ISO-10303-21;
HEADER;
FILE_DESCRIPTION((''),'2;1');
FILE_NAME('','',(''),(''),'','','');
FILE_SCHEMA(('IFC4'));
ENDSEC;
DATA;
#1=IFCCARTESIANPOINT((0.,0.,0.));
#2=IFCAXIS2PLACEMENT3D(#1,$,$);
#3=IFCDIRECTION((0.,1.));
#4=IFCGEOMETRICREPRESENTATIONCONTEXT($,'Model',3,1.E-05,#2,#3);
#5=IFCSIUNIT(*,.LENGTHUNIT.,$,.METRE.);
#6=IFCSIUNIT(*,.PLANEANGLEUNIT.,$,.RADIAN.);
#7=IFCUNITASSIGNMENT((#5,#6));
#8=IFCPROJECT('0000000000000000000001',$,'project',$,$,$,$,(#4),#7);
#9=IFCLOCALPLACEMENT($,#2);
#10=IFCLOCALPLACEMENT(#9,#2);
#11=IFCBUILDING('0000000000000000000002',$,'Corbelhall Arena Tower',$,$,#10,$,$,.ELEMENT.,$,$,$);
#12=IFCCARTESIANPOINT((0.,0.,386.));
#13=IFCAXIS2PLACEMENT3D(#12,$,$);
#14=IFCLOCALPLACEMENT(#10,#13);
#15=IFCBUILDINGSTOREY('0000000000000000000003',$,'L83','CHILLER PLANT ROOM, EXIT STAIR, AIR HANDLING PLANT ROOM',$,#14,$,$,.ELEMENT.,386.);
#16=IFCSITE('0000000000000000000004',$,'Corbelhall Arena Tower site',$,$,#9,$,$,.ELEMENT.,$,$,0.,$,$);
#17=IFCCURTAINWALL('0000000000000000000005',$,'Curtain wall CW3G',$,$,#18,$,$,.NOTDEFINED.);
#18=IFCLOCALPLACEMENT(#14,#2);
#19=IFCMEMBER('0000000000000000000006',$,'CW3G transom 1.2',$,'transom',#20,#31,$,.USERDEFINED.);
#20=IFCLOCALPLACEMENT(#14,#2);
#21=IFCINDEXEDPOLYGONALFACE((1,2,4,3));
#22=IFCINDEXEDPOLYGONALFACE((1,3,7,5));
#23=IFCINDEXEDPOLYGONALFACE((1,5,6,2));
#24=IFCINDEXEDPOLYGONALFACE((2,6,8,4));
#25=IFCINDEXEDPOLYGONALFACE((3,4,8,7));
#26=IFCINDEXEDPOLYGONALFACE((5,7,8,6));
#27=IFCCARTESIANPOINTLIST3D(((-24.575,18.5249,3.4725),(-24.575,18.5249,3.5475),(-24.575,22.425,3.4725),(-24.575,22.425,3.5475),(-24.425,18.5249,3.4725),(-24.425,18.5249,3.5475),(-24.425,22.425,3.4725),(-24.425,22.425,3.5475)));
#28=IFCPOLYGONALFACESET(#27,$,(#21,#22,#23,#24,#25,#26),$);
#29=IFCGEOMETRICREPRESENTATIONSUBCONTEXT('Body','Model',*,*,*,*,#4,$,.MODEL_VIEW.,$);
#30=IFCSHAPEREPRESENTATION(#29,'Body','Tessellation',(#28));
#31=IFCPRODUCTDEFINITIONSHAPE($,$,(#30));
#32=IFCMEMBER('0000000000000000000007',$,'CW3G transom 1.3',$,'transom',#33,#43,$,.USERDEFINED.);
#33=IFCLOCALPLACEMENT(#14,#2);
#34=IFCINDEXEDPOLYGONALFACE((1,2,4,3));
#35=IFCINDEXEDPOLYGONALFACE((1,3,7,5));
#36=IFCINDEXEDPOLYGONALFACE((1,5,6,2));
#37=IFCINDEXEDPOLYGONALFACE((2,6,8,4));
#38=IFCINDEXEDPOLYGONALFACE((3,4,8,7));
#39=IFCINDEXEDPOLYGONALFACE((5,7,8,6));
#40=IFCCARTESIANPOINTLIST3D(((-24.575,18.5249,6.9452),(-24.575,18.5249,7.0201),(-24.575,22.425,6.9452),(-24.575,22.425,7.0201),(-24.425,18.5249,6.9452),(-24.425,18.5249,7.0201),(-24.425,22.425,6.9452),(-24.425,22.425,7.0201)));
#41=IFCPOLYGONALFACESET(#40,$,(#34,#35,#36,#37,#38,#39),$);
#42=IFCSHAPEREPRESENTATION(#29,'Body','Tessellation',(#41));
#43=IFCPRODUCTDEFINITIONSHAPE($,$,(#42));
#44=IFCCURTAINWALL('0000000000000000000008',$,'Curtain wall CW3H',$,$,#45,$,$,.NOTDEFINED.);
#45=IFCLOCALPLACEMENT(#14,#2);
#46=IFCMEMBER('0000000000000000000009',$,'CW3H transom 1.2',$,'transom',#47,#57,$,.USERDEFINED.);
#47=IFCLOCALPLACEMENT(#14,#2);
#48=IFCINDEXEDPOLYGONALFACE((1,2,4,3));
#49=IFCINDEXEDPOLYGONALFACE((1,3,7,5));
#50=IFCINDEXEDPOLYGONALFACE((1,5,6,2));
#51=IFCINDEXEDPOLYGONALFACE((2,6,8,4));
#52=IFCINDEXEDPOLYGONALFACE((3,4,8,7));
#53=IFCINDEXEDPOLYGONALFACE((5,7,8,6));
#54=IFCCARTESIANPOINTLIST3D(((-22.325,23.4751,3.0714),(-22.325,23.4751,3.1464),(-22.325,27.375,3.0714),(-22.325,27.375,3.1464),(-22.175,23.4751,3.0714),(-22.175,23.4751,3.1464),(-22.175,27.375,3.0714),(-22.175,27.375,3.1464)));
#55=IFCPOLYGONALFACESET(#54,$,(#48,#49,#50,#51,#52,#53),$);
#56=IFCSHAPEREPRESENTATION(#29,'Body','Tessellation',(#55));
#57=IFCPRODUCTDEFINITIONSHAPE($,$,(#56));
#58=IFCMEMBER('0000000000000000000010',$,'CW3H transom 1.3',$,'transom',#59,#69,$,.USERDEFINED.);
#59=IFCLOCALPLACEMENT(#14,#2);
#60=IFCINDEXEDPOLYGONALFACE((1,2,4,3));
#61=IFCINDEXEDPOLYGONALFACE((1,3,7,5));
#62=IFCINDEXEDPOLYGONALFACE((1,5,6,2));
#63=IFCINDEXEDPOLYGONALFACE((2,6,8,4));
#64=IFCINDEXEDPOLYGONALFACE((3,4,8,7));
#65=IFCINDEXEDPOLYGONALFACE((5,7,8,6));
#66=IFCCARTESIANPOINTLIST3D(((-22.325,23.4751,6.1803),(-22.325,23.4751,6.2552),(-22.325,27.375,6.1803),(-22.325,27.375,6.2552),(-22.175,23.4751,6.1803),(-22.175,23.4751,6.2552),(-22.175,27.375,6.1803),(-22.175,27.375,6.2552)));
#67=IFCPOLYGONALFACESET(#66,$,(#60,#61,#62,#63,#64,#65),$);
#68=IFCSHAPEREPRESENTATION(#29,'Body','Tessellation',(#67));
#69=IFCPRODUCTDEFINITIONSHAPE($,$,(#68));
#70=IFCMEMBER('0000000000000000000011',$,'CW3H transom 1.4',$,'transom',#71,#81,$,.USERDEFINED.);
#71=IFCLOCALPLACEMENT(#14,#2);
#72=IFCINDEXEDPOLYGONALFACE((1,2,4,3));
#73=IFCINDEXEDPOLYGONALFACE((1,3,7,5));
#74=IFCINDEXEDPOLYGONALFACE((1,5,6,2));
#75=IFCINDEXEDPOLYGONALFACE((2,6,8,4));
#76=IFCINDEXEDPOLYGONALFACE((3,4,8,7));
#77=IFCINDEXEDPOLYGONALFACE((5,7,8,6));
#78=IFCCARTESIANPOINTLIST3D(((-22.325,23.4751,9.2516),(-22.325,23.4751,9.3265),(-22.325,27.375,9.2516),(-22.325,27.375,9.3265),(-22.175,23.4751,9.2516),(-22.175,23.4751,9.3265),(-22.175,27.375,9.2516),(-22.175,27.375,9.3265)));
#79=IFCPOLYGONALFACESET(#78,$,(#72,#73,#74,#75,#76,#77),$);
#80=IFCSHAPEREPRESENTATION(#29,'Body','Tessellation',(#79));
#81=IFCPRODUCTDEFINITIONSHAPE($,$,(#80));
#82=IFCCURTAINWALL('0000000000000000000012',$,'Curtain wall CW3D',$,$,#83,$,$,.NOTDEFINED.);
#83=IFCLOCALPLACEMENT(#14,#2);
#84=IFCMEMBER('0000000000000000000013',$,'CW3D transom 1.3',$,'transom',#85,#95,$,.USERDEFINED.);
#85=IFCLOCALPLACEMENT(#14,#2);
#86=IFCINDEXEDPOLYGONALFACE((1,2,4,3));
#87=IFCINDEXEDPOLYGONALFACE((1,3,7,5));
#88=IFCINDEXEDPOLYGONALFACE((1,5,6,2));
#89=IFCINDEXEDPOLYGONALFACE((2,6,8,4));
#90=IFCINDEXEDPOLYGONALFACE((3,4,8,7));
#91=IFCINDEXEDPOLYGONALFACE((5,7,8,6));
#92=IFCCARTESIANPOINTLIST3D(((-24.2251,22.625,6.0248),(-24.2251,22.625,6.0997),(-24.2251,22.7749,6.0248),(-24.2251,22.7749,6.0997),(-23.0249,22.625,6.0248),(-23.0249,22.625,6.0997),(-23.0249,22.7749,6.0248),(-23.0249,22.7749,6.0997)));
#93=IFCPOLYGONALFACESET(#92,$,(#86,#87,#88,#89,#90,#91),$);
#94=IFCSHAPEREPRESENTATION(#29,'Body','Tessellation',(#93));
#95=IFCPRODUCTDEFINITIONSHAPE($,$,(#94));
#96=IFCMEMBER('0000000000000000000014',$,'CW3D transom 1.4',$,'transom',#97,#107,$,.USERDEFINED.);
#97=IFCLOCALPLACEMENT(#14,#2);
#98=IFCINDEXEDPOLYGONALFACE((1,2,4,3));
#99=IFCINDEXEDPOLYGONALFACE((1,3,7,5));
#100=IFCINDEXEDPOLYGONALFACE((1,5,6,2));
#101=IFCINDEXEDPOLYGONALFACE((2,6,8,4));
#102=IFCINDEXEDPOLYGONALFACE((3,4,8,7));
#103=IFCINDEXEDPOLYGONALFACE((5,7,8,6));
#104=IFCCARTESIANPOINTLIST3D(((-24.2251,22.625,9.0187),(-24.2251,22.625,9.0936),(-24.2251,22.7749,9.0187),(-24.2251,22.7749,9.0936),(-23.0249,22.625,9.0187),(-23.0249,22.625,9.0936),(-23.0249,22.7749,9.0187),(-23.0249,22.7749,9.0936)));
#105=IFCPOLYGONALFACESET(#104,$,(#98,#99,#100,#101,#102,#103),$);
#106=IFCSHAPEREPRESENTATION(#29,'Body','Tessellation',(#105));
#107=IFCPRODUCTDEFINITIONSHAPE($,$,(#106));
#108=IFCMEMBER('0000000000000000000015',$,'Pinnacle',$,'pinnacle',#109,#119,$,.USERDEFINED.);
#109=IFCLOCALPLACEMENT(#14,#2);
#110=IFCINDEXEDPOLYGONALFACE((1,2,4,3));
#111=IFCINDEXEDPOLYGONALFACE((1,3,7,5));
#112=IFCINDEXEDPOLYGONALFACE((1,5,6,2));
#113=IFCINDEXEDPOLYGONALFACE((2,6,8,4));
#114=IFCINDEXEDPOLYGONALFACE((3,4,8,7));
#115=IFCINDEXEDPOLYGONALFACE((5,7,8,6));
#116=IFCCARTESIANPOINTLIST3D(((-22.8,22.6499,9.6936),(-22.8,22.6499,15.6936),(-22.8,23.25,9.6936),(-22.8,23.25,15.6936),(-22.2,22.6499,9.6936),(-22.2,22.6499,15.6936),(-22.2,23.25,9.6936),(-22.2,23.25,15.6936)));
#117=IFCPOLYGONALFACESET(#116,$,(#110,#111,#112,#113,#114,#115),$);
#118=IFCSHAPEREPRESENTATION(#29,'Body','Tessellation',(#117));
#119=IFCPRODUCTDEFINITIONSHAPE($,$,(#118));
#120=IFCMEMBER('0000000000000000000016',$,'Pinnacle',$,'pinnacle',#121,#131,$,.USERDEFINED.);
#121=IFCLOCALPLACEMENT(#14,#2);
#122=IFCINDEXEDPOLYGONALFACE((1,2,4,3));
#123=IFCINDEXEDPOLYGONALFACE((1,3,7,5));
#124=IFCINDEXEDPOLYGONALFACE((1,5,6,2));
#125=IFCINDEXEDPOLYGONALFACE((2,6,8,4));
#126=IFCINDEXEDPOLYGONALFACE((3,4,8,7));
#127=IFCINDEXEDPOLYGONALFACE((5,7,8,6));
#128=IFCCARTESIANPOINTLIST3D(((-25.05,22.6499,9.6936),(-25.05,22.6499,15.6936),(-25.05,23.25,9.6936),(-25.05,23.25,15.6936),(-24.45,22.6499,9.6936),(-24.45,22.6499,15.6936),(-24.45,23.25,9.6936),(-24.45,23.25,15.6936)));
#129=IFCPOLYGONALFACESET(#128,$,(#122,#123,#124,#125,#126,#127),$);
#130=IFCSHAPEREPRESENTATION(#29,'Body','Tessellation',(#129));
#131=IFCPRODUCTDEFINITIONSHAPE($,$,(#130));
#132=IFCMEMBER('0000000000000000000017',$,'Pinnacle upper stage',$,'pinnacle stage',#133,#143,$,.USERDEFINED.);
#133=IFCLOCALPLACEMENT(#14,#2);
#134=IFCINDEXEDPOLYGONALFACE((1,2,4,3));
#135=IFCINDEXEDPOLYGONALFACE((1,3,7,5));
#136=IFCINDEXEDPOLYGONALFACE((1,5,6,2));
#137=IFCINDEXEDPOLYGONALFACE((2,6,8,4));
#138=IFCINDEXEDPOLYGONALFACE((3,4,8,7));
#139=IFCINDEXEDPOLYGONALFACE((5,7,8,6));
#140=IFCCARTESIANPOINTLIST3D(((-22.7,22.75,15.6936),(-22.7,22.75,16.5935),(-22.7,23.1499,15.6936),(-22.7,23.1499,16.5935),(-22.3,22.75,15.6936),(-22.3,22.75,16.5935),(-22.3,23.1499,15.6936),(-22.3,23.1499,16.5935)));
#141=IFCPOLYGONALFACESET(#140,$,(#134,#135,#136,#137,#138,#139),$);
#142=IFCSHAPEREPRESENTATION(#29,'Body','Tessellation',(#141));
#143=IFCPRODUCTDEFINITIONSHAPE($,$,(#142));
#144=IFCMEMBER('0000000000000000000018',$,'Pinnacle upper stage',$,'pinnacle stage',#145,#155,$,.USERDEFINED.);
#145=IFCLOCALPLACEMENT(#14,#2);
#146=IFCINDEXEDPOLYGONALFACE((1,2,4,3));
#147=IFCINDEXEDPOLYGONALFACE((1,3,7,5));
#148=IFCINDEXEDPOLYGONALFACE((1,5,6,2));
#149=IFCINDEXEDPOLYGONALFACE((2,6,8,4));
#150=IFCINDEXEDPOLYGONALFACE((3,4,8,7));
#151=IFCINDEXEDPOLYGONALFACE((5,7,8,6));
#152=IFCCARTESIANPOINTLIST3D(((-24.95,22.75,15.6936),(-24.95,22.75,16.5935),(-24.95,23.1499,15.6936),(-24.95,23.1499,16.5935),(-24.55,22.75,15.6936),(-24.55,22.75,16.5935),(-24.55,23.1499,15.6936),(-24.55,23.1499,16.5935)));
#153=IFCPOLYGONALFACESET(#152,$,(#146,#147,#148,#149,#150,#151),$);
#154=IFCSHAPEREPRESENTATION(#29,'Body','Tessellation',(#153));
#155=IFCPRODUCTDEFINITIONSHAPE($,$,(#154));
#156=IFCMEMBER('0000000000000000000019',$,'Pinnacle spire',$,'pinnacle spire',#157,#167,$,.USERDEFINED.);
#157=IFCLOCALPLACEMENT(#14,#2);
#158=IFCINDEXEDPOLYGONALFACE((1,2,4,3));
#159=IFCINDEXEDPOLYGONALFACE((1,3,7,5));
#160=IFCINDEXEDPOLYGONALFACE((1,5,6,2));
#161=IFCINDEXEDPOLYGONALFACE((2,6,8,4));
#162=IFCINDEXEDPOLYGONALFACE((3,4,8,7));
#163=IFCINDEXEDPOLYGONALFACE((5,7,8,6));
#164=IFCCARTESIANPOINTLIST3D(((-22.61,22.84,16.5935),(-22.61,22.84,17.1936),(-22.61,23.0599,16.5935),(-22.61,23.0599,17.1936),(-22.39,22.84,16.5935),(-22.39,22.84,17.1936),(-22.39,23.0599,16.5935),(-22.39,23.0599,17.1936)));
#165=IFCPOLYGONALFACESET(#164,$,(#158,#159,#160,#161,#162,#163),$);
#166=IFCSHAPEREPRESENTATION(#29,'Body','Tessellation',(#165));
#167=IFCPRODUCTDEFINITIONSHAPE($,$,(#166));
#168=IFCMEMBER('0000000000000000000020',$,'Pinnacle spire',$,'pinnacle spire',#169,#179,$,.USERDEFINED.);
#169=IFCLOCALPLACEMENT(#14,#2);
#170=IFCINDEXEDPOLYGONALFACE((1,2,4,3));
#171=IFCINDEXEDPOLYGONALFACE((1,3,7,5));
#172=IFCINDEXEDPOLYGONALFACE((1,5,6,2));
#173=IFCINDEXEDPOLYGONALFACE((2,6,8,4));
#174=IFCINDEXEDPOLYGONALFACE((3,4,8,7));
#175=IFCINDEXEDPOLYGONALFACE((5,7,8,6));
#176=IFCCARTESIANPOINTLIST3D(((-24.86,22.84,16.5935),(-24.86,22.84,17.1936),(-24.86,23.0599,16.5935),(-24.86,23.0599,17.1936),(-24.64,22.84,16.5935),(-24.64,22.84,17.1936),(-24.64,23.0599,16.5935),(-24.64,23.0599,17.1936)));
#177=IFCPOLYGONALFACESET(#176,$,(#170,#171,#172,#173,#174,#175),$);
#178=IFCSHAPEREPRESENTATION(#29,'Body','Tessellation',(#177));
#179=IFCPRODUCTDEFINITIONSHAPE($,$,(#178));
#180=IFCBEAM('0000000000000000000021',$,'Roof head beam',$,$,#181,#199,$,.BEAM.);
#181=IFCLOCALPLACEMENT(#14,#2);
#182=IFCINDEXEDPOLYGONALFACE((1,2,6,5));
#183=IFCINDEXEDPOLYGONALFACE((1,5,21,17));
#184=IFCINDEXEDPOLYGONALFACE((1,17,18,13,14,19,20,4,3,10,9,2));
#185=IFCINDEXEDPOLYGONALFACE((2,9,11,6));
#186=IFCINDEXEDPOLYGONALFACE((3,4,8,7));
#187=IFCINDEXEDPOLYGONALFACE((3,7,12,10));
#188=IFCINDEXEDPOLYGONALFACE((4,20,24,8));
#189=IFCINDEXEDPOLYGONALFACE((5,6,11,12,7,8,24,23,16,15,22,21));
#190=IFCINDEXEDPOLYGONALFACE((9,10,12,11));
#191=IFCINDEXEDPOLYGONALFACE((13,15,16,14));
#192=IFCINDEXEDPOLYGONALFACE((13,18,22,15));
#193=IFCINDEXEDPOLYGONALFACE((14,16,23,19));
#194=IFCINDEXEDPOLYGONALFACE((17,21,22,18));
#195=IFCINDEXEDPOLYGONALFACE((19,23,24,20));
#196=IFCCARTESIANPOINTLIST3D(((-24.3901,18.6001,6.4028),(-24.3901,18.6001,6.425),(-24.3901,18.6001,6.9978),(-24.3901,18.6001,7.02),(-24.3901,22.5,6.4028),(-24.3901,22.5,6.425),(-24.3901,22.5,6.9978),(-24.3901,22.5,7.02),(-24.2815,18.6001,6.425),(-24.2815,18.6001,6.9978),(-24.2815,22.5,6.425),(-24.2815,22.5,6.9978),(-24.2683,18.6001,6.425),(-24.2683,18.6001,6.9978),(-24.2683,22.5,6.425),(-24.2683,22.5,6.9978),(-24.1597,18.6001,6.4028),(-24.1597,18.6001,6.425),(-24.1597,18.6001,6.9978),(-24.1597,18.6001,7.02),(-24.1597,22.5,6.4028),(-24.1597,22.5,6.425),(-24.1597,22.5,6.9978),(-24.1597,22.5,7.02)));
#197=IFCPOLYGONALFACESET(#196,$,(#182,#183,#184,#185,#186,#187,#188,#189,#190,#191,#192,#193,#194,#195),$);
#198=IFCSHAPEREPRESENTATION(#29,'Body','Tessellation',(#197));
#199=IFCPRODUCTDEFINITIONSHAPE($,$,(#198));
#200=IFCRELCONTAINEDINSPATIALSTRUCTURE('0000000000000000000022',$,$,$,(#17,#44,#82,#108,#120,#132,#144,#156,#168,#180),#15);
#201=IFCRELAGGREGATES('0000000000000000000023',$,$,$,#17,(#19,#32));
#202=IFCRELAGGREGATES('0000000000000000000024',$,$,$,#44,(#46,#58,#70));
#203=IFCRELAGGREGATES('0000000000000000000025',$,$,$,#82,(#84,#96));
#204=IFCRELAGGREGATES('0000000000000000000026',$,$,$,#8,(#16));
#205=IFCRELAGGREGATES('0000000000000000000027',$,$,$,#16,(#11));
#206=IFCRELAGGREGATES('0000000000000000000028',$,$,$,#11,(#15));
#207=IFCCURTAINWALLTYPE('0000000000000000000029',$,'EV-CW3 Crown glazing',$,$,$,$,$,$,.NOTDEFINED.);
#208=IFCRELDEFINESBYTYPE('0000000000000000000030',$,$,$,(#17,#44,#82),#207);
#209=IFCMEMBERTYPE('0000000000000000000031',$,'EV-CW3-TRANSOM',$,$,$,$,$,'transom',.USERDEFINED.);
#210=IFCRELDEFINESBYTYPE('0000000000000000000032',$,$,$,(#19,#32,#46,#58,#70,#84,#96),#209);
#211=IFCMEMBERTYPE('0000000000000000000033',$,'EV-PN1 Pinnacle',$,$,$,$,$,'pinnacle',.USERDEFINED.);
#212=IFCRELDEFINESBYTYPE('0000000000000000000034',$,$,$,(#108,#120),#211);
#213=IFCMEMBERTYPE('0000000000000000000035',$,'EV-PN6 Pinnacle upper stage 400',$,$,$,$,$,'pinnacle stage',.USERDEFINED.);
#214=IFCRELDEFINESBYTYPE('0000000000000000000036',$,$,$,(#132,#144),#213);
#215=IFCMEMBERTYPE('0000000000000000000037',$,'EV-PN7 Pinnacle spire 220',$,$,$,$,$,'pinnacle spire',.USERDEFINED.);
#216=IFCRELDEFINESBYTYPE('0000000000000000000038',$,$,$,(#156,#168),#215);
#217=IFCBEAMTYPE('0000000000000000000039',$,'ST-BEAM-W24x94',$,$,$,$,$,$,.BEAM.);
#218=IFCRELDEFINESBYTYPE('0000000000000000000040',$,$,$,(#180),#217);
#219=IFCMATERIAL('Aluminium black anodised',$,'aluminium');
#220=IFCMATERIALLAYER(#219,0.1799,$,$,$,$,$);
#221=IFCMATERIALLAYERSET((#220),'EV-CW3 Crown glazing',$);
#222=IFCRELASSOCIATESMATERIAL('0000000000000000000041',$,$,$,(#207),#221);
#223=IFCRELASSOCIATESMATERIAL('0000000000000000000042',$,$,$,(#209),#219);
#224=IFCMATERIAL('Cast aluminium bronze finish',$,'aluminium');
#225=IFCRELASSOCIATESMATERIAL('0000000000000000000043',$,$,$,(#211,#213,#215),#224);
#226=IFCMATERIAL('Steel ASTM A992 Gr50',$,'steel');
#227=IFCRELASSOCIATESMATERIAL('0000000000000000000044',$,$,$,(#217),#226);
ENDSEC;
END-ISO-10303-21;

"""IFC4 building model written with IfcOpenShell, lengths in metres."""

from ifc_helpers import new_model, si_unit, direction, frame, origin, origin_2d, place, context, subcontext, project, spatial, rectangle, i_section, extrude, material, layer, layer_set, material_profile, profile_set, type_object, element, aggregate, save


model = new_model("IFC4")

# Units and contexts
model_context = context("Model", 3, precision=1e-05, world=origin(), true_north=direction((0.0, 1.0)))
body_context = subcontext(model_context, "Body", "Model", "MODEL_VIEW")
ifc_project = project(units=[si_unit("LENGTHUNIT", "METRE"), si_unit("PLANEANGLEUNIT", "RADIAN")], contexts=[model_context])

# Site, building, storey
site_placement = place(None, origin())
site = spatial("IfcSite", under=ifc_project, at=site_placement, Name="Corbelhall Arena Tower site", CompositionType="ELEMENT", RefElevation=0.0)
building_placement = place(site_placement, origin())
building = spatial("IfcBuilding", under=site, at=building_placement, Name="Corbelhall Arena Tower", CompositionType="ELEMENT")
storey_placement = place(building_placement, frame((0.0, 0.0, 386.0)))
storey = spatial("IfcBuildingStorey", under=building, at=storey_placement, Name="L83", Description="CHILLER PLANT ROOM, EXIT STAIR, AIR HANDLING PLANT ROOM", CompositionType="ELEMENT", Elevation=386.0)

# Curtain walls, members
ifc_material_1 = material(Name="Aluminium black anodised", Category="aluminium")
ifc_layer_1 = layer(ifc_material_1, 0.1799)
ifc_layer_set_1 = layer_set([ifc_layer_1], Name="EV-CW3 Crown glazing")
curtain_wall_type = type_object("IfcCurtainWallType", Name="EV-CW3 Crown glazing", PredefinedType="NOTDEFINED", material=ifc_layer_set_1)
curtain_wall_1_placement = place(storey_placement, origin())
curtain_wall_1 = element("IfcCurtainWall", 1, at=curtain_wall_1_placement, inside=storey, type_object=curtain_wall_type, Name="Curtain wall CW3G", PredefinedType="NOTDEFINED")
ifc_material_profile_1 = material_profile(ifc_material_1, rectangle(XDim=0.1499, YDim=0.075, at=origin_2d()))
ifc_profile_set_1 = profile_set([ifc_material_profile_1], Name="Aluminium black anodised")
member_type_1 = type_object("IfcMemberType", Name="EV-CW3-TRANSOM", ElementType="transom", PredefinedType="USERDEFINED", material=ifc_profile_set_1)
member_1_placement = place(storey_placement, frame((-24.5, 22.425, 3.51), z_axis=(0.0, -1.0, 0.0), x_axis=(1.0, 0.0, 0.0)))
member_1 = element("IfcMember", 2, at=member_1_placement, type_object=member_type_1, Name="CW3G transom 1.2", ObjectType="transom", PredefinedType="USERDEFINED", context=body_context, shape_type="SweptSolid", body=[
    extrude(rectangle(XDim=0.1499, YDim=0.075, at=origin_2d()), origin(), (0.0, 0.0, 1.0), 3.9001),
])
member_2_placement = place(storey_placement, frame((-24.5, 22.425, 6.9827), z_axis=(0.0, -1.0, 0.0), x_axis=(1.0, 0.0, 0.0)))
member_2 = element("IfcMember", 3, at=member_2_placement, type_object=member_type_1, Name="CW3G transom 1.3", ObjectType="transom", PredefinedType="USERDEFINED", context=body_context, shape_type="SweptSolid", body=[
    extrude(rectangle(XDim=0.1499, YDim=0.075, at=origin_2d()), origin(), (0.0, 0.0, 1.0), 3.9001),
])
aggregate(curtain_wall_1, [member_1, member_2])
curtain_wall_2_placement = place(storey_placement, origin())
curtain_wall_2 = element("IfcCurtainWall", 4, at=curtain_wall_2_placement, inside=storey, type_object=curtain_wall_type, Name="Curtain wall CW3H", PredefinedType="NOTDEFINED")
member_3_placement = place(storey_placement, frame((-22.25, 27.375, 3.1089), z_axis=(0.0, -1.0, 0.0), x_axis=(1.0, 0.0, 0.0)))
member_3 = element("IfcMember", 5, at=member_3_placement, type_object=member_type_1, Name="CW3H transom 1.2", ObjectType="transom", PredefinedType="USERDEFINED", context=body_context, shape_type="SweptSolid", body=[
    extrude(rectangle(XDim=0.1499, YDim=0.075, at=origin_2d()), origin(), (0.0, 0.0, 1.0), 3.8999),
])
member_4_placement = place(storey_placement, frame((-22.25, 27.375, 6.2178), z_axis=(0.0, -1.0, 0.0), x_axis=(1.0, 0.0, 0.0)))
member_4 = element("IfcMember", 6, at=member_4_placement, type_object=member_type_1, Name="CW3H transom 1.3", ObjectType="transom", PredefinedType="USERDEFINED", context=body_context, shape_type="SweptSolid", body=[
    extrude(rectangle(XDim=0.1499, YDim=0.075, at=origin_2d()), origin(), (0.0, 0.0, 1.0), 3.8999),
])
member_5_placement = place(storey_placement, frame((-22.25, 27.375, 9.2891), z_axis=(0.0, -1.0, 0.0), x_axis=(1.0, 0.0, 0.0)))
member_5 = element("IfcMember", 7, at=member_5_placement, type_object=member_type_1, Name="CW3H transom 1.4", ObjectType="transom", PredefinedType="USERDEFINED", context=body_context, shape_type="SweptSolid", body=[
    extrude(rectangle(XDim=0.1499, YDim=0.075, at=origin_2d()), origin(), (0.0, 0.0, 1.0), 3.8999),
])
curtain_wall_3_placement = place(storey_placement, origin())
curtain_wall_3 = element("IfcCurtainWall", 8, at=curtain_wall_3_placement, inside=storey, type_object=curtain_wall_type, Name="Curtain wall CW3D", PredefinedType="NOTDEFINED")
member_6_placement = place(storey_placement, frame((-23.0249, 22.7, 6.0623), z_axis=(-1.0, 0.0, 0.0), x_axis=(0.0, -1.0, 0.0)))
member_6 = element("IfcMember", 9, at=member_6_placement, type_object=member_type_1, Name="CW3D transom 1.3", ObjectType="transom", PredefinedType="USERDEFINED", context=body_context, shape_type="SweptSolid", body=[
    extrude(rectangle(XDim=0.1499, YDim=0.075, at=origin_2d()), origin(), (0.0, 0.0, 1.0), 1.2002),
])
member_7_placement = place(storey_placement, frame((-23.0249, 22.7, 9.0562), z_axis=(-1.0, 0.0, 0.0), x_axis=(0.0, -1.0, 0.0)))
member_7 = element("IfcMember", 10, at=member_7_placement, type_object=member_type_1, Name="CW3D transom 1.4", ObjectType="transom", PredefinedType="USERDEFINED", context=body_context, shape_type="SweptSolid", body=[
    extrude(rectangle(XDim=0.1499, YDim=0.075, at=origin_2d()), origin(), (0.0, 0.0, 1.0), 1.2002),
])

# Members
ifc_material_2 = material(Name="Cast aluminium bronze finish", Category="aluminium")
ifc_material_profile_2 = material_profile(ifc_material_2, rectangle(XDim=0.6001, YDim=0.6001, at=origin_2d()))
ifc_profile_set_2 = profile_set([ifc_material_profile_2], Name="Cast aluminium bronze finish")
member_type_2 = type_object("IfcMemberType", Name="EV-PN1 Pinnacle", ElementType="pinnacle", PredefinedType="USERDEFINED", material=ifc_profile_set_2)
for number, where, z_axis, x_axis, name in (
    (11, (-22.5, 22.95, 9.6936), (0.0, 0.0, 1.0), (1.0, 0.0, 0.0), "Pinnacle"),
    (12, (-24.75, 22.95, 9.6936), (0.0, 0.0, 1.0), (1.0, 0.0, 0.0), "Pinnacle"),
):
    element("IfcMember", number, at=place(storey_placement, frame(where, z_axis=z_axis, x_axis=x_axis)), inside=storey, type_object=member_type_2, Name=name, ObjectType="pinnacle", PredefinedType="USERDEFINED", context=body_context, shape_type="SweptSolid", body=[
        extrude(rectangle(XDim=0.6001, YDim=0.6001, at=origin_2d()), origin(), (0.0, 0.0, 1.0), 6.0),
    ])
ifc_material_profile_3 = material_profile(ifc_material_2, rectangle(XDim=0.3999, YDim=0.3999, at=origin_2d()))
ifc_profile_set_3 = profile_set([ifc_material_profile_3], Name="Cast aluminium bronze finish")
member_type_3 = type_object("IfcMemberType", Name="EV-PN6 Pinnacle upper stage 400", ElementType="pinnacle stage", PredefinedType="USERDEFINED", material=ifc_profile_set_3)
for number, where, z_axis, x_axis, name in (
    (13, (-22.5, 22.95, 15.6936), (0.0, 0.0, 1.0), (1.0, 0.0, 0.0), "Pinnacle upper stage"),
    (14, (-24.75, 22.95, 15.6936), (0.0, 0.0, 1.0), (1.0, 0.0, 0.0), "Pinnacle upper stage"),
):
    element("IfcMember", number, at=place(storey_placement, frame(where, z_axis=z_axis, x_axis=x_axis)), inside=storey, type_object=member_type_3, Name=name, ObjectType="pinnacle stage", PredefinedType="USERDEFINED", context=body_context, shape_type="SweptSolid", body=[
        extrude(rectangle(XDim=0.3999, YDim=0.3999, at=origin_2d()), origin(), (0.0, 0.0, 1.0), 0.8999),
    ])
ifc_material_profile_4 = material_profile(ifc_material_2, rectangle(XDim=0.22, YDim=0.22, at=origin_2d()))
ifc_profile_set_4 = profile_set([ifc_material_profile_4], Name="Cast aluminium bronze finish")
member_type_4 = type_object("IfcMemberType", Name="EV-PN7 Pinnacle spire 220", ElementType="pinnacle spire", PredefinedType="USERDEFINED", material=ifc_profile_set_4)
for number, where, z_axis, x_axis, name in (
    (15, (-22.5, 22.95, 16.5935), (0.0, 0.0, 1.0), (1.0, 0.0, 0.0), "Pinnacle spire"),
    (16, (-24.75, 22.95, 16.5935), (0.0, 0.0, 1.0), (1.0, 0.0, 0.0), "Pinnacle spire"),
):
    element("IfcMember", number, at=place(storey_placement, frame(where, z_axis=z_axis, x_axis=x_axis)), inside=storey, type_object=member_type_4, Name=name, ObjectType="pinnacle spire", PredefinedType="USERDEFINED", context=body_context, shape_type="SweptSolid", body=[
        extrude(rectangle(XDim=0.22, YDim=0.22, at=origin_2d()), origin(), (0.0, 0.0, 1.0), 0.6001),
    ])

# Beam
ifc_material_3 = material(Name="Steel ASTM A992 Gr50", Category="steel")
ifc_material_profile_5 = material_profile(ifc_material_3, i_section(OverallWidth=0.2305, OverallDepth=0.6172, WebThickness=0.0132, FlangeThickness=0.0222, at=origin_2d()))
ifc_profile_set_5 = profile_set([ifc_material_profile_5], Name="Steel ASTM A992 Gr50")
beam_type = type_object("IfcBeamType", Name="ST-BEAM-W24x94", PredefinedType="BEAM", material=ifc_profile_set_5)
for number, where, z_axis, x_axis, name in (
    (17, (-24.2749, 22.5, 6.7114), (0.0, -1.0, 0.0), (1.0, 0.0, 0.0), "Roof head beam"),
):
    element("IfcBeam", number, at=place(storey_placement, frame(where, z_axis=z_axis, x_axis=x_axis)), inside=storey, type_object=beam_type, Name=name, PredefinedType="BEAM", context=body_context, shape_type="SweptSolid", body=[
        extrude(i_section(OverallWidth=0.2305, OverallDepth=0.6172, WebThickness=0.0132, FlangeThickness=0.0222, at=origin_2d()), origin(), (0.0, 0.0, 1.0), 3.8999),
    ])

aggregate(curtain_wall_2, [member_3, member_4, member_5])
aggregate(curtain_wall_3, [member_6, member_7])

save(model, "model.ifc")
